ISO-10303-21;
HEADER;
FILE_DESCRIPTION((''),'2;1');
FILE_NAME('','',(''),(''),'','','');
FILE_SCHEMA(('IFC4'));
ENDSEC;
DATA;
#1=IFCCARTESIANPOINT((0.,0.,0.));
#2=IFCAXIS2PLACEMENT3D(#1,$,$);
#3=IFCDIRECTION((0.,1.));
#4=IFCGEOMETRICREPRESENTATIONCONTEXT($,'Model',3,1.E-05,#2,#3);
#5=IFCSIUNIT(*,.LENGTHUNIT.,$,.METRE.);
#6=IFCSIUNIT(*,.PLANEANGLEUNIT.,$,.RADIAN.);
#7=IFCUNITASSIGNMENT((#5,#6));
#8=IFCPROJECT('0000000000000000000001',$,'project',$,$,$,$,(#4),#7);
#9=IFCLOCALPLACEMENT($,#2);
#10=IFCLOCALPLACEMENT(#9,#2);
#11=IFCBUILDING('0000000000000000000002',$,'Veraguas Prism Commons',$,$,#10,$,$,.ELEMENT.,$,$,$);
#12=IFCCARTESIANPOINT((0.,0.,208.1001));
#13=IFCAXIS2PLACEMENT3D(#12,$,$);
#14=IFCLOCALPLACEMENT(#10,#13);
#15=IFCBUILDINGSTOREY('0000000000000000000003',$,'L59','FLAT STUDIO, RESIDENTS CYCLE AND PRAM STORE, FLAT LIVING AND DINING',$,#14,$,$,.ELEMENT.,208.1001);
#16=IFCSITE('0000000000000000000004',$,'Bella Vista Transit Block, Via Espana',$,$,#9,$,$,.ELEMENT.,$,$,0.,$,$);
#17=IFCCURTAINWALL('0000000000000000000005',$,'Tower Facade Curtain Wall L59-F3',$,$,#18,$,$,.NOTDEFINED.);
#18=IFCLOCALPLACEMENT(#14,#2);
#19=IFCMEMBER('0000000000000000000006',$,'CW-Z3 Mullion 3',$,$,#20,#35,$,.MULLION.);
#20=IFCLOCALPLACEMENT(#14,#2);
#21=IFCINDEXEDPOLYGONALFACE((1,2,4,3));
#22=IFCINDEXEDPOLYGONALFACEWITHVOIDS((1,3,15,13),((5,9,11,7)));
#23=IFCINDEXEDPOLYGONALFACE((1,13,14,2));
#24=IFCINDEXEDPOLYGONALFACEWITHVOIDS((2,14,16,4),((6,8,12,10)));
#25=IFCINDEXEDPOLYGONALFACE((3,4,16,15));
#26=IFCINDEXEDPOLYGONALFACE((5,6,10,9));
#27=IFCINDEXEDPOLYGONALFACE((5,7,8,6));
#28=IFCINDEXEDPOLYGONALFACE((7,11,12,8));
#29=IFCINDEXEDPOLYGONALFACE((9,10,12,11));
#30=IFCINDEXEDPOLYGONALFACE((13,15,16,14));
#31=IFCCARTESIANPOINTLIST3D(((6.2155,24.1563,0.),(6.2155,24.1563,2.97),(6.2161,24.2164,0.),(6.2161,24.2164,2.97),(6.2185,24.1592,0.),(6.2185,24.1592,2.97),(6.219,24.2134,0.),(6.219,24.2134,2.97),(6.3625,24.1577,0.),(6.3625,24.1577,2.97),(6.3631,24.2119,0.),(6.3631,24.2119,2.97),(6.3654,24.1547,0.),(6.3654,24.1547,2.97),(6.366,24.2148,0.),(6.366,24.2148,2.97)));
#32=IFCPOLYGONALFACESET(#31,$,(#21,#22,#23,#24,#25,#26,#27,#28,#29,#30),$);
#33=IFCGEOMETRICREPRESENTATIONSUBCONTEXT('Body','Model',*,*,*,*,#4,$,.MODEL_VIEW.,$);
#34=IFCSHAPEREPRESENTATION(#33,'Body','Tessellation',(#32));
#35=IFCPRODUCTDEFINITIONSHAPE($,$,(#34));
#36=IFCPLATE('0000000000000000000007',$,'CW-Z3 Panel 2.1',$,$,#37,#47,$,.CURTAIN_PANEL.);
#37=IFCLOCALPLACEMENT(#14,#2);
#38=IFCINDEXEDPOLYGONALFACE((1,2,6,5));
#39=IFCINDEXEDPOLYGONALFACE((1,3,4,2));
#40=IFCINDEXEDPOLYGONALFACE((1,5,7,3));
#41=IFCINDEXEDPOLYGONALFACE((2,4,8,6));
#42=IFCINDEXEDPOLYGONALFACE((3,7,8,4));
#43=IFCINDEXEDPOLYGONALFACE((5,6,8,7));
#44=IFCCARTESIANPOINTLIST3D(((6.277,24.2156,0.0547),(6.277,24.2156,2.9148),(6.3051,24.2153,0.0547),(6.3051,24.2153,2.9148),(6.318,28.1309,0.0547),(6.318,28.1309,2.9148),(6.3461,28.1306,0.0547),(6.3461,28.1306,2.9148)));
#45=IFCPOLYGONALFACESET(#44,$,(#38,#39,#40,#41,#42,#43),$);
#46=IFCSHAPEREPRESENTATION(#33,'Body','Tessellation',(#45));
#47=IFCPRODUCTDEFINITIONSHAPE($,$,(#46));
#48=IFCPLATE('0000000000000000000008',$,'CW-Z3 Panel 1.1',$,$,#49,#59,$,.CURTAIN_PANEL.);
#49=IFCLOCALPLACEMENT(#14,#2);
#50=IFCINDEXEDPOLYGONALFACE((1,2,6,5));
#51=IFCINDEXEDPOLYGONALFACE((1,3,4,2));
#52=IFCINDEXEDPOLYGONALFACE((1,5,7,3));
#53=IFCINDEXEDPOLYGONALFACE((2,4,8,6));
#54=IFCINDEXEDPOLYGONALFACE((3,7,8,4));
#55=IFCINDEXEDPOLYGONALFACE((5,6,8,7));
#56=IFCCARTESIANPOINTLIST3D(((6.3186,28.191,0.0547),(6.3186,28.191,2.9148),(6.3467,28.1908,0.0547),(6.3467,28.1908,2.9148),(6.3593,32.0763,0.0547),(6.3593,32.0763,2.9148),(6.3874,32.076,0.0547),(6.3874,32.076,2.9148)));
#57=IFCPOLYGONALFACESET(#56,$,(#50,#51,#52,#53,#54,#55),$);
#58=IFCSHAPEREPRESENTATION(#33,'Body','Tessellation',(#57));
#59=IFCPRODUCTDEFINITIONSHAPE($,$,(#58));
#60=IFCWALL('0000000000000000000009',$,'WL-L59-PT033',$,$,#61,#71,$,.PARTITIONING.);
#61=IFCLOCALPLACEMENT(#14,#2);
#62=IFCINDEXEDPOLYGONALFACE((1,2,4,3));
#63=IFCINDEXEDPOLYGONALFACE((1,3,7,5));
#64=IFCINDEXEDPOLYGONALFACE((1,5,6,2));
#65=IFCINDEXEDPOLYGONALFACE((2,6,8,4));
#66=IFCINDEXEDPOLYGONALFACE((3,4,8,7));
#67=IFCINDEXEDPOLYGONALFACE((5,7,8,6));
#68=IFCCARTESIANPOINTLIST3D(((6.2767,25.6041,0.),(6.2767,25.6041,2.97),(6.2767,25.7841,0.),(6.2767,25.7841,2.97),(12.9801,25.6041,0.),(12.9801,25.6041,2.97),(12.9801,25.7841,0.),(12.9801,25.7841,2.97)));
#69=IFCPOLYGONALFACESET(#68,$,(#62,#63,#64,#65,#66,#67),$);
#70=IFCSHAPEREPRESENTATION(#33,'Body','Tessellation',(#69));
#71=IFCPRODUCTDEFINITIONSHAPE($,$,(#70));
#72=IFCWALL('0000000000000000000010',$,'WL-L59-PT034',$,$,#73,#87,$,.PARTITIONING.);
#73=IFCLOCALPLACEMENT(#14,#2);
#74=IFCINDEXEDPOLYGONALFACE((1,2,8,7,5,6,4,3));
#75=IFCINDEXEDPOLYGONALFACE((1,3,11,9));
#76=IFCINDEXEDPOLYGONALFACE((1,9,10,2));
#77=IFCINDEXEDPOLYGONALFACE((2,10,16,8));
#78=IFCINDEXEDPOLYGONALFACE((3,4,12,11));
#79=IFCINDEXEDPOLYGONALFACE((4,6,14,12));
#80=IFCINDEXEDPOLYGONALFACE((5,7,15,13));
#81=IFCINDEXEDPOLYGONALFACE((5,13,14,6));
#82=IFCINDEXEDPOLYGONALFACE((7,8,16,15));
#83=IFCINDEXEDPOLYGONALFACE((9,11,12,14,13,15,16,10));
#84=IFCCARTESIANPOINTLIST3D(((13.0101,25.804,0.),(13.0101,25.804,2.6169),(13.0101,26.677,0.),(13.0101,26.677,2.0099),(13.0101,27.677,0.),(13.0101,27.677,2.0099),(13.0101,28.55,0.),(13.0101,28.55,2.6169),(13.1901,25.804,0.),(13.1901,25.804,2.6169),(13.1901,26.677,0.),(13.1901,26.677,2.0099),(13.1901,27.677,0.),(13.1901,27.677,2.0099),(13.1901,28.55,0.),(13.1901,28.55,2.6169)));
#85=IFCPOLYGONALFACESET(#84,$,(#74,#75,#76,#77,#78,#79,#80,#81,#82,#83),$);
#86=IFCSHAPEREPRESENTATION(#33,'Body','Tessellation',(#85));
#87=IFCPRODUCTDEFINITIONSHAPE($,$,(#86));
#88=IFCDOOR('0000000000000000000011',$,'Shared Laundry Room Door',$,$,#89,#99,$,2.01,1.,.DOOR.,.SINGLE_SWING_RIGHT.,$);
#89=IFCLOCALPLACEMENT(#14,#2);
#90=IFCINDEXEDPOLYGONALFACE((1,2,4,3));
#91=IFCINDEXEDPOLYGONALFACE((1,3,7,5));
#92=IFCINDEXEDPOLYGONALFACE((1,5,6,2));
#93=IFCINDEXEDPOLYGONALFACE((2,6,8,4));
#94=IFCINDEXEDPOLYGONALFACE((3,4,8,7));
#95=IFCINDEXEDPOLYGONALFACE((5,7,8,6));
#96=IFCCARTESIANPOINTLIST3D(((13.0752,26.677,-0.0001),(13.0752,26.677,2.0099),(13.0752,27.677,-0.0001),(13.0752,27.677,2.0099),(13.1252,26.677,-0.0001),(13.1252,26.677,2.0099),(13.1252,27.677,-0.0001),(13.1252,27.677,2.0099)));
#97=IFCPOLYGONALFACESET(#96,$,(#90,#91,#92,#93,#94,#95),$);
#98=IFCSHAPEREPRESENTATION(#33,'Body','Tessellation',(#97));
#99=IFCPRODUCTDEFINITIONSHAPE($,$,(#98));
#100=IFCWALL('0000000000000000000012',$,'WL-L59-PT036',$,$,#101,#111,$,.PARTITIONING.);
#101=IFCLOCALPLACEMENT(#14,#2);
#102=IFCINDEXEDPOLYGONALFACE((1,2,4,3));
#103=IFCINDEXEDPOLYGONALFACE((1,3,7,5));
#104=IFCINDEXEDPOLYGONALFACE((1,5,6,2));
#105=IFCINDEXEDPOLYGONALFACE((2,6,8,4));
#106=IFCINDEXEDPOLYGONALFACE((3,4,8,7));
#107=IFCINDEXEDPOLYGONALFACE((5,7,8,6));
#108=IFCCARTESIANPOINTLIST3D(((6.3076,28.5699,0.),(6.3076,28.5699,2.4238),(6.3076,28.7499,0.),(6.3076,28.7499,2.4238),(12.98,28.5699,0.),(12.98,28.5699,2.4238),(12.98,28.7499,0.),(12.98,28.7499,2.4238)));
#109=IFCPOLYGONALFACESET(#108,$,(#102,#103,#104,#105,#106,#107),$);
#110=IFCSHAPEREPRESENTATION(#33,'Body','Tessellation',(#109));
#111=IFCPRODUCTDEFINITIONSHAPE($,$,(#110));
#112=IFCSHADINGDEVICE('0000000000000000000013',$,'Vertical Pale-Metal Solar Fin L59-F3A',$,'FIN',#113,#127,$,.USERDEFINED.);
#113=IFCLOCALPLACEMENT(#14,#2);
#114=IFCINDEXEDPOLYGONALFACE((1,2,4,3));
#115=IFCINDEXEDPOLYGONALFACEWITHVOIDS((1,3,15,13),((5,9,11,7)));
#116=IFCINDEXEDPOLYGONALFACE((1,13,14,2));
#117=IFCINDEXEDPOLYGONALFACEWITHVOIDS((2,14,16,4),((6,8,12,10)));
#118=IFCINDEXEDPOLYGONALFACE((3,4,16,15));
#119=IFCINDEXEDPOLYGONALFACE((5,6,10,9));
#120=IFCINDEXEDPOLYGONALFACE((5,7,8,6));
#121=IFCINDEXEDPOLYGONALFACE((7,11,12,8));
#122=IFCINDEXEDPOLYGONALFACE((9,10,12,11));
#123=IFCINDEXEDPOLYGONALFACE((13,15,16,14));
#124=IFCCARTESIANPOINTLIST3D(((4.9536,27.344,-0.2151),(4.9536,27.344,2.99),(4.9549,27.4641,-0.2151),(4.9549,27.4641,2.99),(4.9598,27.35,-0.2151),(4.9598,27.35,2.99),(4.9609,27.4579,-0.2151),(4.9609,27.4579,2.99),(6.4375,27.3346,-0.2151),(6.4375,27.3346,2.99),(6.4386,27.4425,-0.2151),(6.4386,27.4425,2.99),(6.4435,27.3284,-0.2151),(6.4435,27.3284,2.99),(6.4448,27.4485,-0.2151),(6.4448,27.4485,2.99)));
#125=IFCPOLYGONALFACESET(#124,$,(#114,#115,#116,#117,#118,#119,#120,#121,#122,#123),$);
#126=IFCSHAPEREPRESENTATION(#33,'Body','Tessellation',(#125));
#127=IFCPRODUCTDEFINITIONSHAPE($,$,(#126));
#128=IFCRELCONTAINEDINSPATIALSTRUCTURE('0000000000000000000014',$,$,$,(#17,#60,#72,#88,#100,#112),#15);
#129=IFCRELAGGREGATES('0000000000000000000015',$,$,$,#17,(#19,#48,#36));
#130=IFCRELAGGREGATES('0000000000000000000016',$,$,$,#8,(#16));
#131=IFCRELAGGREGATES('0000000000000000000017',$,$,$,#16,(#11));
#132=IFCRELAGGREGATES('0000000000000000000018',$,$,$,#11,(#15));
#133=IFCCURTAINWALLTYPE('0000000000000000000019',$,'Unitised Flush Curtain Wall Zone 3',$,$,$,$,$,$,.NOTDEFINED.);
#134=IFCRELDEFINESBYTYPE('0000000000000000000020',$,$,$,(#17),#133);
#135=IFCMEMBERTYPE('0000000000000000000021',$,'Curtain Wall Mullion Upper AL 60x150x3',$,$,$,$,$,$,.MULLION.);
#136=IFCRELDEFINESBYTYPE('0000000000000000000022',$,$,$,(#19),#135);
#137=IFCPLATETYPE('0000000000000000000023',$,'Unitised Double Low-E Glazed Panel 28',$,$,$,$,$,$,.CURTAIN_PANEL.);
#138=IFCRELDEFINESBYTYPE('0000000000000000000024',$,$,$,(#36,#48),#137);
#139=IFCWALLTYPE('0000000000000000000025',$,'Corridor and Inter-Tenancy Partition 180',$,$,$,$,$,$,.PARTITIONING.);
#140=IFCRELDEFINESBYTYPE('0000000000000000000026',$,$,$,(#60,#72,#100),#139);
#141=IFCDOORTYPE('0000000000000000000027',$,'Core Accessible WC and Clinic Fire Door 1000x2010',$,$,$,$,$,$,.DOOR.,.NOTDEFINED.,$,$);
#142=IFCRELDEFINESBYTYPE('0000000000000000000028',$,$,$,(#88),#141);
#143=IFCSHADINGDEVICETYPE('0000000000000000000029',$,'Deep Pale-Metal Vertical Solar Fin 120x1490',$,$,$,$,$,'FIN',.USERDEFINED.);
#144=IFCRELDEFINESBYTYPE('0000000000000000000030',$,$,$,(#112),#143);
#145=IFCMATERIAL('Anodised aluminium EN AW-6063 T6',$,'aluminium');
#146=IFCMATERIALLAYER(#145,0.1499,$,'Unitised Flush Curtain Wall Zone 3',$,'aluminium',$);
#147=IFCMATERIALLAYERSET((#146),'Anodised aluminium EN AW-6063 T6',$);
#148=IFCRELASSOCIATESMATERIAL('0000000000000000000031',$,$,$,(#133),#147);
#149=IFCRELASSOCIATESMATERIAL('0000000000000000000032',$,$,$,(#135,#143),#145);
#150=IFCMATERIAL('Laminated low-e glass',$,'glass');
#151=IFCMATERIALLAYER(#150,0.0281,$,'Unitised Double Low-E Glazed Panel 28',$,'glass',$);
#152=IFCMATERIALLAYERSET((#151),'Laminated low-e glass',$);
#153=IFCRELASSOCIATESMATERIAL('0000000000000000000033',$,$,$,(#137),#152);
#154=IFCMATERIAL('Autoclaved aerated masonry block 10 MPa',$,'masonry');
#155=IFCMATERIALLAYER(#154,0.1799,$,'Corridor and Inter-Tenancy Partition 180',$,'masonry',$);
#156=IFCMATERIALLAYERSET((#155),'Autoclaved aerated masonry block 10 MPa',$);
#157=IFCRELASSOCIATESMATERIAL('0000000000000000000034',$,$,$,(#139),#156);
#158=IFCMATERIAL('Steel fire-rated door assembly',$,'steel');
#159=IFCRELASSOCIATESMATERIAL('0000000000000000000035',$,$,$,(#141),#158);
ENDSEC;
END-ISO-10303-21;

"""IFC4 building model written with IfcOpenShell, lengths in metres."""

from ifc_helpers import new_model, si_unit, direction, frame, frame_2d, origin, origin_2d, place, context, subcontext, project, spatial, rectangle, hollow_rectangle, extrude, source, transform, mapped, material, layer, layer_set, material_profile, profile_set, type_object, element, fill, aggregate, save


model = new_model("IFC4")

# Units and contexts
model_context = context("Model", 3, precision=1e-05, world=origin(), true_north=direction((0.0, 1.0)))
body_context = subcontext(model_context, "Body", "Model", "MODEL_VIEW")
ifc_project = project(units=[si_unit("LENGTHUNIT", "METRE"), si_unit("PLANEANGLEUNIT", "RADIAN")], contexts=[model_context])

# Site, building, storey
site_placement = place(None, origin())
site = spatial("IfcSite", under=ifc_project, at=site_placement, Name="Bella Vista Transit Block, Via Espana", CompositionType="ELEMENT", RefElevation=0.0)
building_placement = place(site_placement, origin())
building = spatial("IfcBuilding", under=site, at=building_placement, Name="Veraguas Prism Commons", CompositionType="ELEMENT")
storey_placement = place(building_placement, frame((0.0, 0.0, 208.1001)))
storey = spatial("IfcBuildingStorey", under=building, at=storey_placement, Name="L59", Description="FLAT STUDIO, RESIDENTS CYCLE AND PRAM STORE, FLAT LIVING AND DINING", CompositionType="ELEMENT", Elevation=208.1001)

# Curtain wall, member, plates
ifc_material_1 = material(Name="Anodised aluminium EN AW-6063 T6", Category="aluminium")
ifc_layer_1 = layer(ifc_material_1, 0.1499, Name="Unitised Flush Curtain Wall Zone 3", Category="aluminium")
ifc_layer_set_1 = layer_set([ifc_layer_1], Name="Anodised aluminium EN AW-6063 T6")
curtain_wall_type = type_object("IfcCurtainWallType", Name="Unitised Flush Curtain Wall Zone 3", PredefinedType="NOTDEFINED", material=ifc_layer_set_1)
curtain_wall_placement = place(storey_placement, origin())
curtain_wall = element("IfcCurtainWall", 1, at=curtain_wall_placement, inside=storey, type_object=curtain_wall_type, Name="Tower Facade Curtain Wall L59-F3", PredefinedType="NOTDEFINED")
ifc_material_profile_1 = material_profile(ifc_material_1, hollow_rectangle(XDim=0.0601, YDim=0.1499, WallThickness=0.0029, at=origin_2d()), Name="AL60X150X3")
ifc_profile_set_1 = profile_set([ifc_material_profile_1], Name="Anodised aluminium EN AW-6063 T6")
member_type_1 = type_object("IfcMemberType", Name="Curtain Wall Mullion Upper AL 60x150x3", PredefinedType="MULLION", material=ifc_profile_set_1)
shared_shape_1 = source(origin(), body_context, "Body", "SweptSolid", [
    extrude(hollow_rectangle(XDim=0.0601, YDim=0.1499, WallThickness=0.0029, at=origin_2d()), origin(), (0.0, 0.0, 1.0), 2.97),
])
member_1_placement = place(storey_placement, frame((6.2908, 24.1855, 0.0), z_axis=(0.0, 0.0, 1.0), x_axis=(-0.01047, -0.999945, 0.0)))
member_1 = element("IfcMember", 2, at=member_1_placement, type_object=member_type_1, Name="CW-Z3 Mullion 3", PredefinedType="MULLION", context=body_context, shape_type="MappedRepresentation", body=[
    mapped(shared_shape_1, transform((0.0, 0.0, 0.0), scale=1.0)),
])
ifc_material_2 = material(Name="Laminated low-e glass", Category="glass")
ifc_layer_2 = layer(ifc_material_2, 0.0281, Name="Unitised Double Low-E Glazed Panel 28", Category="glass")
ifc_layer_set_2 = layer_set([ifc_layer_2], Name="Laminated low-e glass")
plate_type = type_object("IfcPlateType", Name="Unitised Double Low-E Glazed Panel 28", PredefinedType="CURTAIN_PANEL", material=ifc_layer_set_2)
shared_shape_2 = source(origin(), body_context, "Body", "SweptSolid", [
    extrude(rectangle(XDim=3.9155, YDim=0.0281, at=origin_2d()), origin(), (0.0, 0.0, 1.0), 2.8601),
])
plate_1_placement = place(storey_placement, frame((6.3115, 26.1731, 0.0547), z_axis=(0.0, 0.0, 1.0), x_axis=(-0.01047, -0.999945, 0.0)))
plate_1 = element("IfcPlate", 3, at=plate_1_placement, type_object=plate_type, Name="CW-Z3 Panel 2.1", PredefinedType="CURTAIN_PANEL", context=body_context, shape_type="MappedRepresentation", body=[
    mapped(shared_shape_2, transform((0.0, 0.0, 0.0), scale=1.0)),
])
shared_shape_3 = source(origin(), body_context, "Body", "SweptSolid", [
    extrude(rectangle(XDim=3.8855, YDim=0.0281, at=origin_2d()), origin(), (0.0, 0.0, 1.0), 2.8601),
])
plate_2_placement = place(storey_placement, frame((6.353, 30.1335, 0.0547), z_axis=(0.0, 0.0, 1.0), x_axis=(-0.01047, -0.999945, 0.0)))
plate_2 = element("IfcPlate", 4, at=plate_2_placement, type_object=plate_type, Name="CW-Z3 Panel 1.1", PredefinedType="CURTAIN_PANEL", context=body_context, shape_type="MappedRepresentation", body=[
    mapped(shared_shape_3, transform((0.0, 0.0, 0.0), scale=1.0)),
])
aggregate(curtain_wall, [member_1, plate_2, plate_1])

# Wall
ifc_material_3 = material(Name="Autoclaved aerated masonry block 10 MPa", Category="masonry")
ifc_layer_3 = layer(ifc_material_3, 0.1799, Name="Corridor and Inter-Tenancy Partition 180", Category="masonry")
ifc_layer_set_3 = layer_set([ifc_layer_3], Name="Autoclaved aerated masonry block 10 MPa")
wall_type = type_object("IfcWallType", Name="Corridor and Inter-Tenancy Partition 180", PredefinedType="PARTITIONING", material=ifc_layer_set_3)
wall_1_placement = place(storey_placement, frame((12.98, 25.6941, 0.0), z_axis=(0.0, 0.0, 1.0), x_axis=(-1.0, 0.0, 0.0)))
element("IfcWall", 5, at=wall_1_placement, inside=storey, type_object=wall_type, Name="WL-L59-PT033", PredefinedType="PARTITIONING", context=body_context, shape_type="SweptSolid", body=[
    extrude(rectangle(XDim=6.7034, YDim=0.1799, at=frame_2d((3.3516, 0.0))), origin(), (0.0, 0.0, 1.0), 2.97),
])

# Wall, opening, door
wall_2_placement = place(storey_placement, frame((13.1001, 25.804, 0.0), z_axis=(0.0, 0.0, 1.0), x_axis=(0.0, 1.0, 0.0)))
wall_2 = element("IfcWall", 6, at=wall_2_placement, inside=storey, type_object=wall_type, Name="WL-L59-PT034", PredefinedType="PARTITIONING", context=body_context, shape_type="SweptSolid", body=[
    extrude(rectangle(XDim=2.7461, YDim=0.1799, at=frame_2d((1.373, 0.0))), origin(), (0.0, 0.0, 1.0), 2.6169),
])
opening_placement = place(wall_2_placement, frame((0.873, 0.0, 0.0)))
opening = element("IfcOpeningElement", 7, at=opening_placement, cuts=wall_2, PredefinedType="OPENING", context=body_context, shape_type="SweptSolid", body=[
    extrude(rectangle(XDim=1.0, YDim=2.01, at=frame_2d((0.5, 1.0049))), frame((0.0, 0.0999, 0.0), z_axis=(0.0, -1.0, 0.0), x_axis=(1.0, 0.0, 0.0)), (0.0, 0.0, 1.0), 0.2),
])
ifc_material_4 = material(Name="Steel fire-rated door assembly", Category="steel")
door_type = type_object("IfcDoorType", Name="Core Accessible WC and Clinic Fire Door 1000x2010", OperationType="NOTDEFINED", PredefinedType="DOOR", material=ifc_material_4)
shared_shape_4 = source(origin(), body_context, "Body", "SweptSolid", [
    extrude(rectangle(XDim=1.0, YDim=2.01, at=frame_2d((0.5, 1.0049))), frame((0.0, 0.0249, 0.0), z_axis=(0.0, -1.0, 0.0), x_axis=(1.0, 0.0, 0.0)), (0.0, 0.0, 1.0), 0.05),
])
door_placement = place(opening_placement, origin())
door = element("IfcDoor", 8, at=door_placement, inside=storey, type_object=door_type, Name="Shared Laundry Room Door", OperationType="SINGLE_SWING_RIGHT", OverallHeight=2.01, OverallWidth=1.0, PredefinedType="DOOR", context=body_context, shape_type="MappedRepresentation", body=[
    mapped(shared_shape_4, transform((0.0, 0.0, 0.0), scale=1.0)),
])
fill(opening, door)

# Wall
wall_3_placement = place(storey_placement, frame((12.98, 28.6599, 0.0), z_axis=(0.0, 0.0, 1.0), x_axis=(-1.0, 0.0, 0.0)))
element("IfcWall", 9, at=wall_3_placement, inside=storey, type_object=wall_type, Name="WL-L59-PT036", PredefinedType="PARTITIONING", context=body_context, shape_type="SweptSolid", body=[
    extrude(rectangle(XDim=6.6724, YDim=0.1799, at=frame_2d((3.3362, 0.0))), origin(), (0.0, 0.0, 1.0), 2.4238),
])

# Shading device
ifc_material_profile_2 = material_profile(ifc_material_1, hollow_rectangle(XDim=0.1201, YDim=1.49, WallThickness=0.0061, at=origin_2d()), Name="FIN120X1490X6")
ifc_profile_set_2 = profile_set([ifc_material_profile_2], Name="Anodised aluminium EN AW-6063 T6")
shading_device_type = type_object("IfcShadingDeviceType", Name="Deep Pale-Metal Vertical Solar Fin 120x1490", ElementType="FIN", PredefinedType="USERDEFINED", material=ifc_profile_set_2)
shading_device_placement = place(storey_placement, frame((5.6992, 27.3962, -0.2151), z_axis=(0.0, 0.0, 1.0), x_axis=(-0.010467, -0.999945, 0.0)))
element("IfcShadingDevice", 10, at=shading_device_placement, inside=storey, type_object=shading_device_type, Name="Vertical Pale-Metal Solar Fin L59-F3A", ObjectType="FIN", PredefinedType="USERDEFINED", context=body_context, shape_type="SweptSolid", body=[
    extrude(hollow_rectangle(XDim=0.1201, YDim=1.49, WallThickness=0.0061, at=origin_2d()), origin(), (0.0, 0.0, 1.0), 3.2051),
])

save(model, "model.ifc")
